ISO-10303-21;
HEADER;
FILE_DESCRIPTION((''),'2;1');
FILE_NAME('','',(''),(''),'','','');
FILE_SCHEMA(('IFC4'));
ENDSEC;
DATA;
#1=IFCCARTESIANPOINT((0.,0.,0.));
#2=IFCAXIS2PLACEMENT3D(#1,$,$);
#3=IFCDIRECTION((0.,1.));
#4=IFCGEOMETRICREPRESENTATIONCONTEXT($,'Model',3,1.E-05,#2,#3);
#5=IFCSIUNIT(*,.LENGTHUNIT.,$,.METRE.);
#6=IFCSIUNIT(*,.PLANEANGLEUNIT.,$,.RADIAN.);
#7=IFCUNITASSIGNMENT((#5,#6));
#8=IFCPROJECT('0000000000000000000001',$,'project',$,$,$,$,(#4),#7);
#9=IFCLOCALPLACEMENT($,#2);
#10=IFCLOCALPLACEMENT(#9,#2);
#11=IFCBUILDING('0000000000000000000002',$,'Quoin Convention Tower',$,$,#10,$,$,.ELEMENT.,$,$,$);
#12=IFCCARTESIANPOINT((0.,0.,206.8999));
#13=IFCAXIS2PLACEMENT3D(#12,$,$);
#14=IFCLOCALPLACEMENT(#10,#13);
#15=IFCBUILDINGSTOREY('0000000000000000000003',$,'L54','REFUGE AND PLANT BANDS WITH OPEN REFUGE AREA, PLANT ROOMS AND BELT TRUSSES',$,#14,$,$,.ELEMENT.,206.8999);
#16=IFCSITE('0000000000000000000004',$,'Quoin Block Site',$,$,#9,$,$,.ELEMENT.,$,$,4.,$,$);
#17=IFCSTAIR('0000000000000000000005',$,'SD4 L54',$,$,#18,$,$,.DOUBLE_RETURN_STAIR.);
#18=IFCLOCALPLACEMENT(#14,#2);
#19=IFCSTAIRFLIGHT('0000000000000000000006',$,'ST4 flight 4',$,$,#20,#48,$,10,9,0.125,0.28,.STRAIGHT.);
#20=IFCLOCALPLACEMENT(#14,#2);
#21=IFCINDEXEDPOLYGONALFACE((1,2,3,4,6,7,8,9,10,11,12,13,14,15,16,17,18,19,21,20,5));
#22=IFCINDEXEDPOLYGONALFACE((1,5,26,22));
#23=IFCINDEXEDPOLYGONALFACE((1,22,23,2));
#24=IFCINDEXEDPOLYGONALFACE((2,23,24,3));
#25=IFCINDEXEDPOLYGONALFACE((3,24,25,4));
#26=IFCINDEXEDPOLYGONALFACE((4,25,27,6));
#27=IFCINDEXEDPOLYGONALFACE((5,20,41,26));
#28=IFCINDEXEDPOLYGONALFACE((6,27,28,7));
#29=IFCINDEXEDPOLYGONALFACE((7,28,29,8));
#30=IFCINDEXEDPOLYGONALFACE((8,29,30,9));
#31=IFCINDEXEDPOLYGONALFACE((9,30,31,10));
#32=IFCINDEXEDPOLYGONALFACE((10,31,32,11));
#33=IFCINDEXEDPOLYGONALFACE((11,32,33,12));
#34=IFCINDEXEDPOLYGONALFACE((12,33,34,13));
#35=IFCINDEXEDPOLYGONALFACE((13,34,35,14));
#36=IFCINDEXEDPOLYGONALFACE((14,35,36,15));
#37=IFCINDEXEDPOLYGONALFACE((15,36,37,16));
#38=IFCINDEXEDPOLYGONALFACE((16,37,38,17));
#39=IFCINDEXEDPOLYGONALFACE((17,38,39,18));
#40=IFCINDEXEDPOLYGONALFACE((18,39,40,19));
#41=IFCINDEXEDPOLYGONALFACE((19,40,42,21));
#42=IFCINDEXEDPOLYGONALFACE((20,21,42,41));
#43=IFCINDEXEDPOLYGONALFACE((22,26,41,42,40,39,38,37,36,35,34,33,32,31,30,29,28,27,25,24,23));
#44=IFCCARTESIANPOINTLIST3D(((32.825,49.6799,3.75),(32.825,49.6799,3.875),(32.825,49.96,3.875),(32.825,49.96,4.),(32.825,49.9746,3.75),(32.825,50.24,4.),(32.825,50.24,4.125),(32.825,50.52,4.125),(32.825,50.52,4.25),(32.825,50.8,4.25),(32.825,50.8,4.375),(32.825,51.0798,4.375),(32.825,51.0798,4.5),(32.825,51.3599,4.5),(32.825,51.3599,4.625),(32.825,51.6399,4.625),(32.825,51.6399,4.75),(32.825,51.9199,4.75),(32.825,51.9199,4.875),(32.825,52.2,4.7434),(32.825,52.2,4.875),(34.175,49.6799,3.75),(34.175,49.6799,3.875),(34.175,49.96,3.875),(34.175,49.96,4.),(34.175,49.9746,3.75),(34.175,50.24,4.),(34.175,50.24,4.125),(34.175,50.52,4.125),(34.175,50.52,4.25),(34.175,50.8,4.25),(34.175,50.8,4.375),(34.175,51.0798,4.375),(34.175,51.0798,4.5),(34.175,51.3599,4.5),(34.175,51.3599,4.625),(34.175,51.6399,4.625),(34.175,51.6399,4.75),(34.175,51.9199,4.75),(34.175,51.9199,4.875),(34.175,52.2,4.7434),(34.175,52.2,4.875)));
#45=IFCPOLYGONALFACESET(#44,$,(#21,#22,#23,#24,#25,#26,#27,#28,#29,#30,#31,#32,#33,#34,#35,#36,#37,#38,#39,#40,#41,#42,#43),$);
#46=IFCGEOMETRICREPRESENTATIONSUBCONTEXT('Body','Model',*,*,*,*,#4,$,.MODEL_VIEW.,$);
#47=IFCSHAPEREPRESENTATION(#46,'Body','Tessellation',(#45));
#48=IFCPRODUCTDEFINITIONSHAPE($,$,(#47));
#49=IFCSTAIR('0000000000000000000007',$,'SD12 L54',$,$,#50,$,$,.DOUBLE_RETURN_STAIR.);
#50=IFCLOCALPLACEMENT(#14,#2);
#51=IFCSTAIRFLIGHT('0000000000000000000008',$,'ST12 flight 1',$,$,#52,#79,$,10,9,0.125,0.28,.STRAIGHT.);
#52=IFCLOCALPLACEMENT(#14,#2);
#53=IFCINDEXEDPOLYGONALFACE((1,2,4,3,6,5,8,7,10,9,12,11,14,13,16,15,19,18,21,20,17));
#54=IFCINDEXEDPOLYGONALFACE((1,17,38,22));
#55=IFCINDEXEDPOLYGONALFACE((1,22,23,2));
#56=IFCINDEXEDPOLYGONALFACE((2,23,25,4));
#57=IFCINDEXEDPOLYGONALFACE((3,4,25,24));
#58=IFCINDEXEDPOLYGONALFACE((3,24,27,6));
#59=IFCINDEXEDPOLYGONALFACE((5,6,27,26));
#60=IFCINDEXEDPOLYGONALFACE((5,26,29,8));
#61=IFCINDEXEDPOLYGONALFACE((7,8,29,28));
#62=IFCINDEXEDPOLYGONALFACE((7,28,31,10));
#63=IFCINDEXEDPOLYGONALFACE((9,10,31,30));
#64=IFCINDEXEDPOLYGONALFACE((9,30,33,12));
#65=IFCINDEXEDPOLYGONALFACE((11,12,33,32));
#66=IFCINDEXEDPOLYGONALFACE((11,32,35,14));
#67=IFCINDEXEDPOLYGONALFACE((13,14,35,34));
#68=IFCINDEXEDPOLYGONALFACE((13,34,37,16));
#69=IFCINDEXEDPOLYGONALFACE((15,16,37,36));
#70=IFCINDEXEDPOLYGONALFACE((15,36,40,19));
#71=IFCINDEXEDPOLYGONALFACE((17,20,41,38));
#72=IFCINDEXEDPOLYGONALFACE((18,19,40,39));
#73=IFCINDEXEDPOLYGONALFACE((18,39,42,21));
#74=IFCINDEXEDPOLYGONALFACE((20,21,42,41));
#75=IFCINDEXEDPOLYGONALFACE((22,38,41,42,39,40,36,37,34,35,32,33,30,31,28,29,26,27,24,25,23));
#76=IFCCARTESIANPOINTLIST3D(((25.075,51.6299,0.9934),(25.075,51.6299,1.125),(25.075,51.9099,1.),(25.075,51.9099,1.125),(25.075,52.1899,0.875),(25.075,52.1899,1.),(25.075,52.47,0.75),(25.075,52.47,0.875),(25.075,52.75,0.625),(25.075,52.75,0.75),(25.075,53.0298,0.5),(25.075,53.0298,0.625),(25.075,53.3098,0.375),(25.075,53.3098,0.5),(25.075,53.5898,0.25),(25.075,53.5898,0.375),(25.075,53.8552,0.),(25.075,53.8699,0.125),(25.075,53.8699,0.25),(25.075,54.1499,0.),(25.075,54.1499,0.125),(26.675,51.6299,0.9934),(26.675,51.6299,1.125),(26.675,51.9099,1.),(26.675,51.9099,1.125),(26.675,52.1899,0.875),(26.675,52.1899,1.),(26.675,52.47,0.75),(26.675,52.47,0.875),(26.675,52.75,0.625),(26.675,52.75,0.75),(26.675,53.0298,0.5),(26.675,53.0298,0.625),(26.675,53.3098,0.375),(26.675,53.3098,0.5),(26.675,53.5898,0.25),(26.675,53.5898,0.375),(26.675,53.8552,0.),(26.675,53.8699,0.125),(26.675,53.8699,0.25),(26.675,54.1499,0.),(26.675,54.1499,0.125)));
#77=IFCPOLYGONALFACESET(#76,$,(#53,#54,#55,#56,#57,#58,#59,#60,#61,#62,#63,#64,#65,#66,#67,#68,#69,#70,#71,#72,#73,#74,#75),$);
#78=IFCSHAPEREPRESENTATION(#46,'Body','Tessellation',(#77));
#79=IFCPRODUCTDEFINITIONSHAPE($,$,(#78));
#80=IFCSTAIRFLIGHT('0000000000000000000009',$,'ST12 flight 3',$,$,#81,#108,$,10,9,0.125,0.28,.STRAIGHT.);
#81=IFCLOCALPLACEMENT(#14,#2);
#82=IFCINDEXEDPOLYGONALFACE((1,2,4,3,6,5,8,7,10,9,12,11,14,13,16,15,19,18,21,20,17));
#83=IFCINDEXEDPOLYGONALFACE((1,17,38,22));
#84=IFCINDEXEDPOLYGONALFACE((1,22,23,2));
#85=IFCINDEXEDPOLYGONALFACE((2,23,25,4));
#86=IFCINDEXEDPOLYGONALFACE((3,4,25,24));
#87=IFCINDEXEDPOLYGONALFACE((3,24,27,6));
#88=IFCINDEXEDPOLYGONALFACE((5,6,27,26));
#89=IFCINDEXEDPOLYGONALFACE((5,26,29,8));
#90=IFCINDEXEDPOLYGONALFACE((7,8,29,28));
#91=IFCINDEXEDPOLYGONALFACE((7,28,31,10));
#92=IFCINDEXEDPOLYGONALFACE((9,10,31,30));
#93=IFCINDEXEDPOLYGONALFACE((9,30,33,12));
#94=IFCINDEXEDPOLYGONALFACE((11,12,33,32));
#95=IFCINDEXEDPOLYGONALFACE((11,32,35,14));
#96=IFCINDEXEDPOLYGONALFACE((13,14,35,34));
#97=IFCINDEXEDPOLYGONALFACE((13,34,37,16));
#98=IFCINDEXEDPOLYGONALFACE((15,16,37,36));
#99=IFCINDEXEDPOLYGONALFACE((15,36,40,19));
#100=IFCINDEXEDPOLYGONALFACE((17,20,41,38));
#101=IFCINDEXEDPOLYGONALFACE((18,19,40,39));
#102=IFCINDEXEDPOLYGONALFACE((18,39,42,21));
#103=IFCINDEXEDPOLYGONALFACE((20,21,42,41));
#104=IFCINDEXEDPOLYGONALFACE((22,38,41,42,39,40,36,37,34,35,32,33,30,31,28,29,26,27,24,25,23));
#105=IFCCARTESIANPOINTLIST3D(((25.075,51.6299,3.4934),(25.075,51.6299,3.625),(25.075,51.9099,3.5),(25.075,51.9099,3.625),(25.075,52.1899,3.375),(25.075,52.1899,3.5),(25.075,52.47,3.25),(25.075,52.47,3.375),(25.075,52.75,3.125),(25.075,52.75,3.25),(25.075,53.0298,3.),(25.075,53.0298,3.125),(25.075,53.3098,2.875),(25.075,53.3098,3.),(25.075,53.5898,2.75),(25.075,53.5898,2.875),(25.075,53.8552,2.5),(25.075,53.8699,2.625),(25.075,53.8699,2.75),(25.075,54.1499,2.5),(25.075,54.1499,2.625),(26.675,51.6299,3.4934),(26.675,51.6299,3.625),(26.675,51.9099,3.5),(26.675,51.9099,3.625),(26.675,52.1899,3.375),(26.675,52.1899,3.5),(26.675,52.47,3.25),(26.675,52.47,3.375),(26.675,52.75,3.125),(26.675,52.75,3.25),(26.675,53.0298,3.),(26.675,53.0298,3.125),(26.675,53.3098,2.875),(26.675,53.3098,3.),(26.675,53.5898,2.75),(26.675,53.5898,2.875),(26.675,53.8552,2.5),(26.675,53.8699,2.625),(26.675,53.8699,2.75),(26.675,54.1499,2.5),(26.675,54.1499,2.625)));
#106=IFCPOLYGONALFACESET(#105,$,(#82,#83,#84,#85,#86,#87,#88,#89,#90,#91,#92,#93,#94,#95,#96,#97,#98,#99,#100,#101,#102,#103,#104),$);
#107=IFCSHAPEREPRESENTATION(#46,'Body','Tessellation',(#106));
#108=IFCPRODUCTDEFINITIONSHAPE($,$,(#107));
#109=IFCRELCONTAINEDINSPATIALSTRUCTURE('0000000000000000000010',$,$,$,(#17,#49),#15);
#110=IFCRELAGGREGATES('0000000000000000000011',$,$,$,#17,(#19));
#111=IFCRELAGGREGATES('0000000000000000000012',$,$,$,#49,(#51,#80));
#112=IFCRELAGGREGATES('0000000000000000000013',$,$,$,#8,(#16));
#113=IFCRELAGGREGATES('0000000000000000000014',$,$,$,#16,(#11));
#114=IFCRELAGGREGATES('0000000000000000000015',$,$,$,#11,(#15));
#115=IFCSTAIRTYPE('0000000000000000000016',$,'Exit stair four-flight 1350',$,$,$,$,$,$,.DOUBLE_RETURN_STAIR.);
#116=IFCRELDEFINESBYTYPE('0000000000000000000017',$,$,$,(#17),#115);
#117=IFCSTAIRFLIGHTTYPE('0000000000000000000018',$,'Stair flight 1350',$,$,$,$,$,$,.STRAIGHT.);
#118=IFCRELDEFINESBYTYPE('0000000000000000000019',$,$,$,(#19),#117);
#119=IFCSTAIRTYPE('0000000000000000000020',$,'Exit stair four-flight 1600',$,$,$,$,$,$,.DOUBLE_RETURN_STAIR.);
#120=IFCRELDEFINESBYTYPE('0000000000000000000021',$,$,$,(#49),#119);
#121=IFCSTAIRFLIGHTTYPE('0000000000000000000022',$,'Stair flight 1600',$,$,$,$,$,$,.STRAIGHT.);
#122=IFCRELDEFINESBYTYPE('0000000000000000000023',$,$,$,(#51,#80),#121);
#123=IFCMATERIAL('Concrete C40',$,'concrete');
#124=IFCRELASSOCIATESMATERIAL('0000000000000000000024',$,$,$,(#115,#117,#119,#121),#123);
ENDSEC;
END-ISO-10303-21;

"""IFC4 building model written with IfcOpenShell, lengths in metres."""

from ifc_helpers import new_model, si_unit, direction, frame, origin, place, context, subcontext, project, spatial, polyline, outline, extrude, material, type_object, element, aggregate, save


model = new_model("IFC4")

# Units and contexts
model_context = context("Model", 3, precision=1e-05, world=origin(), true_north=direction((0.0, 1.0)))
body_context = subcontext(model_context, "Body", "Model", "MODEL_VIEW")
ifc_project = project(units=[si_unit("LENGTHUNIT", "METRE"), si_unit("PLANEANGLEUNIT", "RADIAN")], contexts=[model_context])

# Site, building, storey
site_placement = place(None, origin())
site = spatial("IfcSite", under=ifc_project, at=site_placement, Name="Quoin Block Site", CompositionType="ELEMENT", RefElevation=4.0)
building_placement = place(site_placement, origin())
building = spatial("IfcBuilding", under=site, at=building_placement, Name="Quoin Convention Tower", CompositionType="ELEMENT")
storey_placement = place(building_placement, frame((0.0, 0.0, 206.8999)))
storey = spatial("IfcBuildingStorey", under=building, at=storey_placement, Name="L54", Description="REFUGE AND PLANT BANDS WITH OPEN REFUGE AREA, PLANT ROOMS AND BELT TRUSSES", CompositionType="ELEMENT", Elevation=206.8999)

# Stairs, stair flights
ifc_material_1 = material(Name="Concrete C40", Category="concrete")
stair_type_1 = type_object("IfcStairType", Name="Exit stair four-flight 1350", PredefinedType="DOUBLE_RETURN_STAIR", material=ifc_material_1)
stair_flight_type_1 = type_object("IfcStairFlightType", Name="Stair flight 1350", PredefinedType="STRAIGHT", material=ifc_material_1)
stair_1_placement = place(storey_placement, origin())
stair_1 = element("IfcStair", 1, at=stair_1_placement, inside=storey, type_object=stair_type_1, Name="SD4 L54", PredefinedType="DOUBLE_RETURN_STAIR")
stair_flight_1_placement = place(storey_placement, frame((33.5, 49.6799, 3.75), z_axis=(0.0, 0.0, 1.0), x_axis=(0.0, 1.0, 0.0)))
stair_flight_1 = element("IfcStairFlight", 2, at=stair_flight_1_placement, type_object=stair_flight_type_1, Name="ST4 flight 4", NumberOfRisers=10, NumberOfTreads=9, PredefinedType="STRAIGHT", RiserHeight=0.125, TreadLength=0.28, context=body_context, shape_type="SweptSolid", body=[
    extrude(outline(polyline([(0.0, 0.0), (0.0, 0.125), (0.28, 0.125), (0.28, 0.25), (0.5601, 0.25), (0.5601, 0.375), (0.8401, 0.375), (0.8401, 0.5), (1.1201, 0.5), (1.1201, 0.625), (1.3999, 0.625), (1.3999, 0.75), (1.6799, 0.75), (1.6799, 0.875), (1.96, 0.875), (1.96, 1.0), (2.24, 1.0), (2.24, 1.125), (2.52, 1.125), (2.52, 1.25), (2.52, 0.9934), (0.2947, 0.0), (0.0, 0.0)])), frame((0.0, 0.675, 0.0), z_axis=(0.0, -1.0, 0.0), x_axis=(1.0, 0.0, 0.0)), (0.0, 0.0, 1.0), 1.3501),
])
aggregate(stair_1, [stair_flight_1])
stair_type_2 = type_object("IfcStairType", Name="Exit stair four-flight 1600", PredefinedType="DOUBLE_RETURN_STAIR", material=ifc_material_1)
stair_2_placement = place(storey_placement, origin())
stair_2 = element("IfcStair", 3, at=stair_2_placement, inside=storey, type_object=stair_type_2, Name="SD12 L54", PredefinedType="DOUBLE_RETURN_STAIR")
stair_flight_type_2 = type_object("IfcStairFlightType", Name="Stair flight 1600", PredefinedType="STRAIGHT", material=ifc_material_1)
stair_flight_2_placement = place(storey_placement, frame((25.875, 54.1499, 0.0), z_axis=(0.0, 0.0, 1.0), x_axis=(0.0, -1.0, 0.0)))
stair_flight_2 = element("IfcStairFlight", 4, at=stair_flight_2_placement, type_object=stair_flight_type_2, Name="ST12 flight 1", NumberOfRisers=10, NumberOfTreads=9, PredefinedType="STRAIGHT", RiserHeight=0.125, TreadLength=0.28, context=body_context, shape_type="SweptSolid", body=[
    extrude(outline(polyline([(0.0, 0.0), (0.0, 0.125), (0.28, 0.125), (0.28, 0.25), (0.5601, 0.25), (0.5601, 0.375), (0.8401, 0.375), (0.8401, 0.5), (1.1201, 0.5), (1.1201, 0.625), (1.3999, 0.625), (1.3999, 0.75), (1.6799, 0.75), (1.6799, 0.875), (1.96, 0.875), (1.96, 1.0), (2.24, 1.0), (2.24, 1.125), (2.52, 1.125), (2.52, 1.25), (2.52, 0.9934), (0.2947, 0.0), (0.0, 0.0)])), frame((0.0, 0.8, 0.0), z_axis=(0.0, -1.0, 0.0), x_axis=(1.0, 0.0, 0.0)), (0.0, 0.0, 1.0), 1.6001),
])
stair_flight_3_placement = place(storey_placement, frame((25.875, 54.1499, 2.5), z_axis=(0.0, 0.0, 1.0), x_axis=(0.0, -1.0, 0.0)))
stair_flight_3 = element("IfcStairFlight", 5, at=stair_flight_3_placement, type_object=stair_flight_type_2, Name="ST12 flight 3", NumberOfRisers=10, NumberOfTreads=9, PredefinedType="STRAIGHT", RiserHeight=0.125, TreadLength=0.28, context=body_context, shape_type="SweptSolid", body=[
    extrude(outline(polyline([(0.0, 0.0), (0.0, 0.125), (0.28, 0.125), (0.28, 0.25), (0.5601, 0.25), (0.5601, 0.375), (0.8401, 0.375), (0.8401, 0.5), (1.1201, 0.5), (1.1201, 0.625), (1.3999, 0.625), (1.3999, 0.75), (1.6799, 0.75), (1.6799, 0.875), (1.96, 0.875), (1.96, 1.0), (2.24, 1.0), (2.24, 1.125), (2.52, 1.125), (2.52, 1.25), (2.52, 0.9934), (0.2947, 0.0), (0.0, 0.0)])), frame((0.0, 0.8, 0.0), z_axis=(0.0, -1.0, 0.0), x_axis=(1.0, 0.0, 0.0)), (0.0, 0.0, 1.0), 1.6001),
])
aggregate(stair_2, [stair_flight_2, stair_flight_3])

save(model, "model.ifc")
